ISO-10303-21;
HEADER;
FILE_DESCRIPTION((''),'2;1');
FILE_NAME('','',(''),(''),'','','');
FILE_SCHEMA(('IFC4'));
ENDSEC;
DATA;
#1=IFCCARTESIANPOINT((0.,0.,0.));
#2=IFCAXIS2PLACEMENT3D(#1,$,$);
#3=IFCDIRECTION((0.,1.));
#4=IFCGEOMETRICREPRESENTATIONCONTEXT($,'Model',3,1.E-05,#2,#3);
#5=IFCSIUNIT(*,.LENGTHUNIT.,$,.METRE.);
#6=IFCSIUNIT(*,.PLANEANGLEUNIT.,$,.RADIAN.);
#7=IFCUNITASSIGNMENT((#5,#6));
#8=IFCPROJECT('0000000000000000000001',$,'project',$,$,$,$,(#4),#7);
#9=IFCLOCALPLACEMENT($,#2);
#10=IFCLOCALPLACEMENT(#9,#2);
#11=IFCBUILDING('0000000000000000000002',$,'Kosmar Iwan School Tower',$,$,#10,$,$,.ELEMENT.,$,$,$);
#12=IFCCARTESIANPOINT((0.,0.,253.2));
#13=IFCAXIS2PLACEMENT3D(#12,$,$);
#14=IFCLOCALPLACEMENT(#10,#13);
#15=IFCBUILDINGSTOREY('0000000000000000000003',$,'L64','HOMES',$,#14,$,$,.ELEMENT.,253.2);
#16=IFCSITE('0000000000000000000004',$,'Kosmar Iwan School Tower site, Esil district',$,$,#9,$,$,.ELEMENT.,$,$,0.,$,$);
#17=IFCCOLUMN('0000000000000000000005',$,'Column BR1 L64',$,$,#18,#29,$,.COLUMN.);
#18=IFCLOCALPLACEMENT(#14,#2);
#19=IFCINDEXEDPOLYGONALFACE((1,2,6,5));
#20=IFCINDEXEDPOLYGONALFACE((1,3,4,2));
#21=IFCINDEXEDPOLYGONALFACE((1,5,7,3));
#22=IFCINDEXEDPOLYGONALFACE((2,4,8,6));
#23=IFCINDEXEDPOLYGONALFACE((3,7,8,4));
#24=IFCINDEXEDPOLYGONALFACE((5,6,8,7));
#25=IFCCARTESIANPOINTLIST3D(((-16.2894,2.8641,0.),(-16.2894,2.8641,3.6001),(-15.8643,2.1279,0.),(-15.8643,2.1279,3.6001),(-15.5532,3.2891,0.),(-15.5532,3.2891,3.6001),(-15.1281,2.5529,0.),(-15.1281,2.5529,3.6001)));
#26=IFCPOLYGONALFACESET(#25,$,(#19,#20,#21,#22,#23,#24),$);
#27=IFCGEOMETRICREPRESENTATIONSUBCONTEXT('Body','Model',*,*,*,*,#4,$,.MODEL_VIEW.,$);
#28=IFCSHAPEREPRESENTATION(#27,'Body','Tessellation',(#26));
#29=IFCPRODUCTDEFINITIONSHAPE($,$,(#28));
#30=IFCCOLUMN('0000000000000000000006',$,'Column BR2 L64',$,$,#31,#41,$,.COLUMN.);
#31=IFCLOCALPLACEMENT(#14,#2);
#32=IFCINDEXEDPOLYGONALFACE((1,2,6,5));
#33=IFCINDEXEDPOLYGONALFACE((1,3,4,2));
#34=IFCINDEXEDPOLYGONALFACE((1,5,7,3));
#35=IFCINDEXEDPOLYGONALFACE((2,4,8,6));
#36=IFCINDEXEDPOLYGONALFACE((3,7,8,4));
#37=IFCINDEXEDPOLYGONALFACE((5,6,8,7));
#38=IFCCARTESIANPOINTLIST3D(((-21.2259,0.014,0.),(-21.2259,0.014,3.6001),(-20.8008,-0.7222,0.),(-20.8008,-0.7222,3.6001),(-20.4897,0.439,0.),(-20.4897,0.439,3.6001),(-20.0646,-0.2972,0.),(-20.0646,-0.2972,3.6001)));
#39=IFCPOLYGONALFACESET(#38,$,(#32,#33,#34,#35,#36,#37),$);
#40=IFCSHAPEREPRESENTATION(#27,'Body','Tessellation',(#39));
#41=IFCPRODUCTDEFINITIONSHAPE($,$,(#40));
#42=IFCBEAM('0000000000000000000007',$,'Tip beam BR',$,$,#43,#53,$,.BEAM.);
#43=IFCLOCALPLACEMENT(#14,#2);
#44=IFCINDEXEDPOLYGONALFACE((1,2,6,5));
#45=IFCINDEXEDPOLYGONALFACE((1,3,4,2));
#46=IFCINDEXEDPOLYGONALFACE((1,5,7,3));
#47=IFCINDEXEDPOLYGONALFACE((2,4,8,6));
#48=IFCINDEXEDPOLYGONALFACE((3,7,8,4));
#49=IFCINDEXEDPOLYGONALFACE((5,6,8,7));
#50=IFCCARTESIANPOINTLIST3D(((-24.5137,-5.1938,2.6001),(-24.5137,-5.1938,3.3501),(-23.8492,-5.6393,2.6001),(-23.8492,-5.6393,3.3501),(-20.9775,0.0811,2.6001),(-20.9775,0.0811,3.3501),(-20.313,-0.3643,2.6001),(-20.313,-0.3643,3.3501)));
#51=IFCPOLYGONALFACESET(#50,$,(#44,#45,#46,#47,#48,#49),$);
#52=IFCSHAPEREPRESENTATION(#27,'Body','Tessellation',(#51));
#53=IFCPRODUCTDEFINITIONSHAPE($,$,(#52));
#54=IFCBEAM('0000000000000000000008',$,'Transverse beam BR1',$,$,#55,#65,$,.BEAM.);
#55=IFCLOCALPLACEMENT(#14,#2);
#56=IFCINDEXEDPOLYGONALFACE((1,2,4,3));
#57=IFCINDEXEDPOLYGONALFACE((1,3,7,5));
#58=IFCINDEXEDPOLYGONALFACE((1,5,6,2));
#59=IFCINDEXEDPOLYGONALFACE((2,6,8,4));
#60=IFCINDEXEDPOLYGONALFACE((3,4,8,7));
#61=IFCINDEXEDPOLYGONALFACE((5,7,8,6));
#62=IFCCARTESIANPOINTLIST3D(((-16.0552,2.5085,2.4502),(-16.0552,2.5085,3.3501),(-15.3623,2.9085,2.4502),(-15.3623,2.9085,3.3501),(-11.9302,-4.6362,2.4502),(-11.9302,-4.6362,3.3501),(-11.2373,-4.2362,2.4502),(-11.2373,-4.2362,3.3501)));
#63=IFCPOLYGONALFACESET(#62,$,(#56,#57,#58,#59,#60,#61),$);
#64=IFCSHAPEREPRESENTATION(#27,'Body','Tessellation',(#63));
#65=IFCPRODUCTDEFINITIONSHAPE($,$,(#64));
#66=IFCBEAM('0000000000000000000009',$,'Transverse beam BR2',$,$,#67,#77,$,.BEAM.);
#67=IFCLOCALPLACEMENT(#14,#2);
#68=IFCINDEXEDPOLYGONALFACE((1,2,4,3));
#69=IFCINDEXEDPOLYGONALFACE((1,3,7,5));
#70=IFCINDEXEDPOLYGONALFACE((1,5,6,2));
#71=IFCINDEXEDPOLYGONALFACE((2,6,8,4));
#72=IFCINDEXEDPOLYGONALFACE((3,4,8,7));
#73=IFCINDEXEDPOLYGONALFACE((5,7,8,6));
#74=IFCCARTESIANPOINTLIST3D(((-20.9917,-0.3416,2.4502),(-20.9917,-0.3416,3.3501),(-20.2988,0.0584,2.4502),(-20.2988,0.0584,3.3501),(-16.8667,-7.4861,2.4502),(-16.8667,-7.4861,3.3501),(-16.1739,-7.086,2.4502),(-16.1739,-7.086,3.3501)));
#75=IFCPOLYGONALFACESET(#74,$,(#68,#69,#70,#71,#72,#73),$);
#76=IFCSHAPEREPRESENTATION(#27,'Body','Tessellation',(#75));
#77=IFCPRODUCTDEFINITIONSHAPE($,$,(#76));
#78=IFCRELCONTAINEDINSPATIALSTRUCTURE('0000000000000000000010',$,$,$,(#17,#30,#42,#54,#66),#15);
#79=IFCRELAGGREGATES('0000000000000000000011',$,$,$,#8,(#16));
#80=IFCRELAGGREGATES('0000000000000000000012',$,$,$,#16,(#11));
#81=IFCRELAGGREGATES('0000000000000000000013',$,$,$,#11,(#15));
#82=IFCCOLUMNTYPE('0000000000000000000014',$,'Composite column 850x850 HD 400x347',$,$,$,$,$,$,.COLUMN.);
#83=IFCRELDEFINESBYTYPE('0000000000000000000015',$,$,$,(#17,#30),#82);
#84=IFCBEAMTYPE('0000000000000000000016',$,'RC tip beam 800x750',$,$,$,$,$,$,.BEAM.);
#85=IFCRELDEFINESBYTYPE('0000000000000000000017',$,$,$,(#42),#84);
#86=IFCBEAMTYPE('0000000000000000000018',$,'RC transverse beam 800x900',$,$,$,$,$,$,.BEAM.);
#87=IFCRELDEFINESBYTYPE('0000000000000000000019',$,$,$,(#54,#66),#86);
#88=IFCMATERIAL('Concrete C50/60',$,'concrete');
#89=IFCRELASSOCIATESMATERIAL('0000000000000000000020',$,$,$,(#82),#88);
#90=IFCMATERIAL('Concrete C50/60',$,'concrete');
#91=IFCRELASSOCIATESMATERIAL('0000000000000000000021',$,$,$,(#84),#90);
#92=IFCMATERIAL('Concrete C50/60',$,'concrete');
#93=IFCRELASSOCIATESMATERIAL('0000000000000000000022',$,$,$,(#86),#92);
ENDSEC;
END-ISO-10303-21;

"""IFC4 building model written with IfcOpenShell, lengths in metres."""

from ifc_helpers import new_model, si_unit, direction, frame, origin, origin_2d, place, context, subcontext, project, spatial, rectangle, extrude, material, material_profile, profile_set, type_object, element, save


model = new_model("IFC4")

# Units and contexts
model_context = context("Model", 3, precision=1e-05, world=origin(), true_north=direction((0.0, 1.0)))
body_context = subcontext(model_context, "Body", "Model", "MODEL_VIEW")
ifc_project = project(units=[si_unit("LENGTHUNIT", "METRE"), si_unit("PLANEANGLEUNIT", "RADIAN")], contexts=[model_context])

# Site, building, storey
site_placement = place(None, origin())
site = spatial("IfcSite", under=ifc_project, at=site_placement, Name="Kosmar Iwan School Tower site, Esil district", CompositionType="ELEMENT", RefElevation=0.0)
building_placement = place(site_placement, origin())
building = spatial("IfcBuilding", under=site, at=building_placement, Name="Kosmar Iwan School Tower", CompositionType="ELEMENT")
storey_placement = place(building_placement, frame((0.0, 0.0, 253.2)))
storey = spatial("IfcBuildingStorey", under=building, at=storey_placement, Name="L64", Description="HOMES", CompositionType="ELEMENT", Elevation=253.2)

# Columns
ifc_material_1 = material(Name="Concrete C50/60", Category="concrete")
ifc_material_profile_1 = material_profile(ifc_material_1, rectangle(XDim=0.8501, YDim=0.8501, at=origin_2d()), Name="RC 850x850 + HD 400x347")
ifc_profile_set_1 = profile_set([ifc_material_profile_1], Name="Concrete C50/60")
column_type = type_object("IfcColumnType", Name="Composite column 850x850 HD 400x347", PredefinedType="COLUMN", material=ifc_profile_set_1)
for number, where, z_axis, x_axis, name in (
    (1, (-15.7087, 2.7085, 0.0), (0.0, 0.0, 1.0), (-0.866025, -0.5, 0.0), "Column BR1 L64"),
    (2, (-20.6453, -0.1416, 0.0), (0.0, 0.0, 1.0), (-0.866025, -0.5, 0.0), "Column BR2 L64"),
):
    element("IfcColumn", number, at=place(storey_placement, frame(where, z_axis=z_axis, x_axis=x_axis)), inside=storey, type_object=column_type, Name=name, PredefinedType="COLUMN", context=body_context, shape_type="SweptSolid", body=[
        extrude(rectangle(XDim=0.8501, YDim=0.8501, at=origin_2d()), origin(), (0.0, 0.0, 1.0), 3.6001),
    ])

# Beams
ifc_material_2 = material(Name="Concrete C50/60", Category="concrete")
ifc_material_profile_2 = material_profile(ifc_material_2, rectangle(XDim=0.8, YDim=0.75, at=origin_2d()), Name="RC 800x750")
ifc_profile_set_2 = profile_set([ifc_material_profile_2], Name="Concrete C50/60")
beam_type_1 = type_object("IfcBeamType", Name="RC tip beam 800x750", PredefinedType="BEAM", material=ifc_profile_set_2)
beam_1_placement = place(storey_placement, frame((-20.6453, -0.1416, 2.9751), z_axis=(-0.556828, -0.830628, 0.0), x_axis=(0.830628, -0.556828, 0.0)))
element("IfcBeam", 3, at=beam_1_placement, inside=storey, type_object=beam_type_1, Name="Tip beam BR", PredefinedType="BEAM", context=body_context, shape_type="SweptSolid", body=[
    extrude(rectangle(XDim=0.8, YDim=0.75, at=origin_2d()), origin(), (0.0, 0.0, 1.0), 6.3506),
])
ifc_material_3 = material(Name="Concrete C50/60", Category="concrete")
ifc_material_profile_3 = material_profile(ifc_material_3, rectangle(XDim=0.8, YDim=0.8999, at=origin_2d()), Name="RC 800x900")
ifc_profile_set_3 = profile_set([ifc_material_profile_3], Name="Concrete C50/60")
beam_type_2 = type_object("IfcBeamType", Name="RC transverse beam 800x900", PredefinedType="BEAM", material=ifc_profile_set_3)
beam_2_placement = place(storey_placement, frame((-15.7087, 2.7085, 2.9001), z_axis=(0.499997, -0.866027, 0.0), x_axis=(0.866027, 0.499997, 0.0)))
element("IfcBeam", 4, at=beam_2_placement, inside=storey, type_object=beam_type_2, Name="Transverse beam BR1", PredefinedType="BEAM", context=body_context, shape_type="SweptSolid", body=[
    extrude(rectangle(XDim=0.8, YDim=0.8999, at=origin_2d()), origin(), (0.0, 0.0, 1.0), 8.25),
])
beam_3_placement = place(storey_placement, frame((-20.6453, -0.1416, 2.9001), z_axis=(0.500009, -0.86602, 0.0), x_axis=(0.86602, 0.500009, 0.0)))
element("IfcBeam", 5, at=beam_3_placement, inside=storey, type_object=beam_type_2, Name="Transverse beam BR2", PredefinedType="BEAM", context=body_context, shape_type="SweptSolid", body=[
    extrude(rectangle(XDim=0.8, YDim=0.8999, at=origin_2d()), origin(), (0.0, 0.0, 1.0), 8.2498),
])

save(model, "model.ifc")
